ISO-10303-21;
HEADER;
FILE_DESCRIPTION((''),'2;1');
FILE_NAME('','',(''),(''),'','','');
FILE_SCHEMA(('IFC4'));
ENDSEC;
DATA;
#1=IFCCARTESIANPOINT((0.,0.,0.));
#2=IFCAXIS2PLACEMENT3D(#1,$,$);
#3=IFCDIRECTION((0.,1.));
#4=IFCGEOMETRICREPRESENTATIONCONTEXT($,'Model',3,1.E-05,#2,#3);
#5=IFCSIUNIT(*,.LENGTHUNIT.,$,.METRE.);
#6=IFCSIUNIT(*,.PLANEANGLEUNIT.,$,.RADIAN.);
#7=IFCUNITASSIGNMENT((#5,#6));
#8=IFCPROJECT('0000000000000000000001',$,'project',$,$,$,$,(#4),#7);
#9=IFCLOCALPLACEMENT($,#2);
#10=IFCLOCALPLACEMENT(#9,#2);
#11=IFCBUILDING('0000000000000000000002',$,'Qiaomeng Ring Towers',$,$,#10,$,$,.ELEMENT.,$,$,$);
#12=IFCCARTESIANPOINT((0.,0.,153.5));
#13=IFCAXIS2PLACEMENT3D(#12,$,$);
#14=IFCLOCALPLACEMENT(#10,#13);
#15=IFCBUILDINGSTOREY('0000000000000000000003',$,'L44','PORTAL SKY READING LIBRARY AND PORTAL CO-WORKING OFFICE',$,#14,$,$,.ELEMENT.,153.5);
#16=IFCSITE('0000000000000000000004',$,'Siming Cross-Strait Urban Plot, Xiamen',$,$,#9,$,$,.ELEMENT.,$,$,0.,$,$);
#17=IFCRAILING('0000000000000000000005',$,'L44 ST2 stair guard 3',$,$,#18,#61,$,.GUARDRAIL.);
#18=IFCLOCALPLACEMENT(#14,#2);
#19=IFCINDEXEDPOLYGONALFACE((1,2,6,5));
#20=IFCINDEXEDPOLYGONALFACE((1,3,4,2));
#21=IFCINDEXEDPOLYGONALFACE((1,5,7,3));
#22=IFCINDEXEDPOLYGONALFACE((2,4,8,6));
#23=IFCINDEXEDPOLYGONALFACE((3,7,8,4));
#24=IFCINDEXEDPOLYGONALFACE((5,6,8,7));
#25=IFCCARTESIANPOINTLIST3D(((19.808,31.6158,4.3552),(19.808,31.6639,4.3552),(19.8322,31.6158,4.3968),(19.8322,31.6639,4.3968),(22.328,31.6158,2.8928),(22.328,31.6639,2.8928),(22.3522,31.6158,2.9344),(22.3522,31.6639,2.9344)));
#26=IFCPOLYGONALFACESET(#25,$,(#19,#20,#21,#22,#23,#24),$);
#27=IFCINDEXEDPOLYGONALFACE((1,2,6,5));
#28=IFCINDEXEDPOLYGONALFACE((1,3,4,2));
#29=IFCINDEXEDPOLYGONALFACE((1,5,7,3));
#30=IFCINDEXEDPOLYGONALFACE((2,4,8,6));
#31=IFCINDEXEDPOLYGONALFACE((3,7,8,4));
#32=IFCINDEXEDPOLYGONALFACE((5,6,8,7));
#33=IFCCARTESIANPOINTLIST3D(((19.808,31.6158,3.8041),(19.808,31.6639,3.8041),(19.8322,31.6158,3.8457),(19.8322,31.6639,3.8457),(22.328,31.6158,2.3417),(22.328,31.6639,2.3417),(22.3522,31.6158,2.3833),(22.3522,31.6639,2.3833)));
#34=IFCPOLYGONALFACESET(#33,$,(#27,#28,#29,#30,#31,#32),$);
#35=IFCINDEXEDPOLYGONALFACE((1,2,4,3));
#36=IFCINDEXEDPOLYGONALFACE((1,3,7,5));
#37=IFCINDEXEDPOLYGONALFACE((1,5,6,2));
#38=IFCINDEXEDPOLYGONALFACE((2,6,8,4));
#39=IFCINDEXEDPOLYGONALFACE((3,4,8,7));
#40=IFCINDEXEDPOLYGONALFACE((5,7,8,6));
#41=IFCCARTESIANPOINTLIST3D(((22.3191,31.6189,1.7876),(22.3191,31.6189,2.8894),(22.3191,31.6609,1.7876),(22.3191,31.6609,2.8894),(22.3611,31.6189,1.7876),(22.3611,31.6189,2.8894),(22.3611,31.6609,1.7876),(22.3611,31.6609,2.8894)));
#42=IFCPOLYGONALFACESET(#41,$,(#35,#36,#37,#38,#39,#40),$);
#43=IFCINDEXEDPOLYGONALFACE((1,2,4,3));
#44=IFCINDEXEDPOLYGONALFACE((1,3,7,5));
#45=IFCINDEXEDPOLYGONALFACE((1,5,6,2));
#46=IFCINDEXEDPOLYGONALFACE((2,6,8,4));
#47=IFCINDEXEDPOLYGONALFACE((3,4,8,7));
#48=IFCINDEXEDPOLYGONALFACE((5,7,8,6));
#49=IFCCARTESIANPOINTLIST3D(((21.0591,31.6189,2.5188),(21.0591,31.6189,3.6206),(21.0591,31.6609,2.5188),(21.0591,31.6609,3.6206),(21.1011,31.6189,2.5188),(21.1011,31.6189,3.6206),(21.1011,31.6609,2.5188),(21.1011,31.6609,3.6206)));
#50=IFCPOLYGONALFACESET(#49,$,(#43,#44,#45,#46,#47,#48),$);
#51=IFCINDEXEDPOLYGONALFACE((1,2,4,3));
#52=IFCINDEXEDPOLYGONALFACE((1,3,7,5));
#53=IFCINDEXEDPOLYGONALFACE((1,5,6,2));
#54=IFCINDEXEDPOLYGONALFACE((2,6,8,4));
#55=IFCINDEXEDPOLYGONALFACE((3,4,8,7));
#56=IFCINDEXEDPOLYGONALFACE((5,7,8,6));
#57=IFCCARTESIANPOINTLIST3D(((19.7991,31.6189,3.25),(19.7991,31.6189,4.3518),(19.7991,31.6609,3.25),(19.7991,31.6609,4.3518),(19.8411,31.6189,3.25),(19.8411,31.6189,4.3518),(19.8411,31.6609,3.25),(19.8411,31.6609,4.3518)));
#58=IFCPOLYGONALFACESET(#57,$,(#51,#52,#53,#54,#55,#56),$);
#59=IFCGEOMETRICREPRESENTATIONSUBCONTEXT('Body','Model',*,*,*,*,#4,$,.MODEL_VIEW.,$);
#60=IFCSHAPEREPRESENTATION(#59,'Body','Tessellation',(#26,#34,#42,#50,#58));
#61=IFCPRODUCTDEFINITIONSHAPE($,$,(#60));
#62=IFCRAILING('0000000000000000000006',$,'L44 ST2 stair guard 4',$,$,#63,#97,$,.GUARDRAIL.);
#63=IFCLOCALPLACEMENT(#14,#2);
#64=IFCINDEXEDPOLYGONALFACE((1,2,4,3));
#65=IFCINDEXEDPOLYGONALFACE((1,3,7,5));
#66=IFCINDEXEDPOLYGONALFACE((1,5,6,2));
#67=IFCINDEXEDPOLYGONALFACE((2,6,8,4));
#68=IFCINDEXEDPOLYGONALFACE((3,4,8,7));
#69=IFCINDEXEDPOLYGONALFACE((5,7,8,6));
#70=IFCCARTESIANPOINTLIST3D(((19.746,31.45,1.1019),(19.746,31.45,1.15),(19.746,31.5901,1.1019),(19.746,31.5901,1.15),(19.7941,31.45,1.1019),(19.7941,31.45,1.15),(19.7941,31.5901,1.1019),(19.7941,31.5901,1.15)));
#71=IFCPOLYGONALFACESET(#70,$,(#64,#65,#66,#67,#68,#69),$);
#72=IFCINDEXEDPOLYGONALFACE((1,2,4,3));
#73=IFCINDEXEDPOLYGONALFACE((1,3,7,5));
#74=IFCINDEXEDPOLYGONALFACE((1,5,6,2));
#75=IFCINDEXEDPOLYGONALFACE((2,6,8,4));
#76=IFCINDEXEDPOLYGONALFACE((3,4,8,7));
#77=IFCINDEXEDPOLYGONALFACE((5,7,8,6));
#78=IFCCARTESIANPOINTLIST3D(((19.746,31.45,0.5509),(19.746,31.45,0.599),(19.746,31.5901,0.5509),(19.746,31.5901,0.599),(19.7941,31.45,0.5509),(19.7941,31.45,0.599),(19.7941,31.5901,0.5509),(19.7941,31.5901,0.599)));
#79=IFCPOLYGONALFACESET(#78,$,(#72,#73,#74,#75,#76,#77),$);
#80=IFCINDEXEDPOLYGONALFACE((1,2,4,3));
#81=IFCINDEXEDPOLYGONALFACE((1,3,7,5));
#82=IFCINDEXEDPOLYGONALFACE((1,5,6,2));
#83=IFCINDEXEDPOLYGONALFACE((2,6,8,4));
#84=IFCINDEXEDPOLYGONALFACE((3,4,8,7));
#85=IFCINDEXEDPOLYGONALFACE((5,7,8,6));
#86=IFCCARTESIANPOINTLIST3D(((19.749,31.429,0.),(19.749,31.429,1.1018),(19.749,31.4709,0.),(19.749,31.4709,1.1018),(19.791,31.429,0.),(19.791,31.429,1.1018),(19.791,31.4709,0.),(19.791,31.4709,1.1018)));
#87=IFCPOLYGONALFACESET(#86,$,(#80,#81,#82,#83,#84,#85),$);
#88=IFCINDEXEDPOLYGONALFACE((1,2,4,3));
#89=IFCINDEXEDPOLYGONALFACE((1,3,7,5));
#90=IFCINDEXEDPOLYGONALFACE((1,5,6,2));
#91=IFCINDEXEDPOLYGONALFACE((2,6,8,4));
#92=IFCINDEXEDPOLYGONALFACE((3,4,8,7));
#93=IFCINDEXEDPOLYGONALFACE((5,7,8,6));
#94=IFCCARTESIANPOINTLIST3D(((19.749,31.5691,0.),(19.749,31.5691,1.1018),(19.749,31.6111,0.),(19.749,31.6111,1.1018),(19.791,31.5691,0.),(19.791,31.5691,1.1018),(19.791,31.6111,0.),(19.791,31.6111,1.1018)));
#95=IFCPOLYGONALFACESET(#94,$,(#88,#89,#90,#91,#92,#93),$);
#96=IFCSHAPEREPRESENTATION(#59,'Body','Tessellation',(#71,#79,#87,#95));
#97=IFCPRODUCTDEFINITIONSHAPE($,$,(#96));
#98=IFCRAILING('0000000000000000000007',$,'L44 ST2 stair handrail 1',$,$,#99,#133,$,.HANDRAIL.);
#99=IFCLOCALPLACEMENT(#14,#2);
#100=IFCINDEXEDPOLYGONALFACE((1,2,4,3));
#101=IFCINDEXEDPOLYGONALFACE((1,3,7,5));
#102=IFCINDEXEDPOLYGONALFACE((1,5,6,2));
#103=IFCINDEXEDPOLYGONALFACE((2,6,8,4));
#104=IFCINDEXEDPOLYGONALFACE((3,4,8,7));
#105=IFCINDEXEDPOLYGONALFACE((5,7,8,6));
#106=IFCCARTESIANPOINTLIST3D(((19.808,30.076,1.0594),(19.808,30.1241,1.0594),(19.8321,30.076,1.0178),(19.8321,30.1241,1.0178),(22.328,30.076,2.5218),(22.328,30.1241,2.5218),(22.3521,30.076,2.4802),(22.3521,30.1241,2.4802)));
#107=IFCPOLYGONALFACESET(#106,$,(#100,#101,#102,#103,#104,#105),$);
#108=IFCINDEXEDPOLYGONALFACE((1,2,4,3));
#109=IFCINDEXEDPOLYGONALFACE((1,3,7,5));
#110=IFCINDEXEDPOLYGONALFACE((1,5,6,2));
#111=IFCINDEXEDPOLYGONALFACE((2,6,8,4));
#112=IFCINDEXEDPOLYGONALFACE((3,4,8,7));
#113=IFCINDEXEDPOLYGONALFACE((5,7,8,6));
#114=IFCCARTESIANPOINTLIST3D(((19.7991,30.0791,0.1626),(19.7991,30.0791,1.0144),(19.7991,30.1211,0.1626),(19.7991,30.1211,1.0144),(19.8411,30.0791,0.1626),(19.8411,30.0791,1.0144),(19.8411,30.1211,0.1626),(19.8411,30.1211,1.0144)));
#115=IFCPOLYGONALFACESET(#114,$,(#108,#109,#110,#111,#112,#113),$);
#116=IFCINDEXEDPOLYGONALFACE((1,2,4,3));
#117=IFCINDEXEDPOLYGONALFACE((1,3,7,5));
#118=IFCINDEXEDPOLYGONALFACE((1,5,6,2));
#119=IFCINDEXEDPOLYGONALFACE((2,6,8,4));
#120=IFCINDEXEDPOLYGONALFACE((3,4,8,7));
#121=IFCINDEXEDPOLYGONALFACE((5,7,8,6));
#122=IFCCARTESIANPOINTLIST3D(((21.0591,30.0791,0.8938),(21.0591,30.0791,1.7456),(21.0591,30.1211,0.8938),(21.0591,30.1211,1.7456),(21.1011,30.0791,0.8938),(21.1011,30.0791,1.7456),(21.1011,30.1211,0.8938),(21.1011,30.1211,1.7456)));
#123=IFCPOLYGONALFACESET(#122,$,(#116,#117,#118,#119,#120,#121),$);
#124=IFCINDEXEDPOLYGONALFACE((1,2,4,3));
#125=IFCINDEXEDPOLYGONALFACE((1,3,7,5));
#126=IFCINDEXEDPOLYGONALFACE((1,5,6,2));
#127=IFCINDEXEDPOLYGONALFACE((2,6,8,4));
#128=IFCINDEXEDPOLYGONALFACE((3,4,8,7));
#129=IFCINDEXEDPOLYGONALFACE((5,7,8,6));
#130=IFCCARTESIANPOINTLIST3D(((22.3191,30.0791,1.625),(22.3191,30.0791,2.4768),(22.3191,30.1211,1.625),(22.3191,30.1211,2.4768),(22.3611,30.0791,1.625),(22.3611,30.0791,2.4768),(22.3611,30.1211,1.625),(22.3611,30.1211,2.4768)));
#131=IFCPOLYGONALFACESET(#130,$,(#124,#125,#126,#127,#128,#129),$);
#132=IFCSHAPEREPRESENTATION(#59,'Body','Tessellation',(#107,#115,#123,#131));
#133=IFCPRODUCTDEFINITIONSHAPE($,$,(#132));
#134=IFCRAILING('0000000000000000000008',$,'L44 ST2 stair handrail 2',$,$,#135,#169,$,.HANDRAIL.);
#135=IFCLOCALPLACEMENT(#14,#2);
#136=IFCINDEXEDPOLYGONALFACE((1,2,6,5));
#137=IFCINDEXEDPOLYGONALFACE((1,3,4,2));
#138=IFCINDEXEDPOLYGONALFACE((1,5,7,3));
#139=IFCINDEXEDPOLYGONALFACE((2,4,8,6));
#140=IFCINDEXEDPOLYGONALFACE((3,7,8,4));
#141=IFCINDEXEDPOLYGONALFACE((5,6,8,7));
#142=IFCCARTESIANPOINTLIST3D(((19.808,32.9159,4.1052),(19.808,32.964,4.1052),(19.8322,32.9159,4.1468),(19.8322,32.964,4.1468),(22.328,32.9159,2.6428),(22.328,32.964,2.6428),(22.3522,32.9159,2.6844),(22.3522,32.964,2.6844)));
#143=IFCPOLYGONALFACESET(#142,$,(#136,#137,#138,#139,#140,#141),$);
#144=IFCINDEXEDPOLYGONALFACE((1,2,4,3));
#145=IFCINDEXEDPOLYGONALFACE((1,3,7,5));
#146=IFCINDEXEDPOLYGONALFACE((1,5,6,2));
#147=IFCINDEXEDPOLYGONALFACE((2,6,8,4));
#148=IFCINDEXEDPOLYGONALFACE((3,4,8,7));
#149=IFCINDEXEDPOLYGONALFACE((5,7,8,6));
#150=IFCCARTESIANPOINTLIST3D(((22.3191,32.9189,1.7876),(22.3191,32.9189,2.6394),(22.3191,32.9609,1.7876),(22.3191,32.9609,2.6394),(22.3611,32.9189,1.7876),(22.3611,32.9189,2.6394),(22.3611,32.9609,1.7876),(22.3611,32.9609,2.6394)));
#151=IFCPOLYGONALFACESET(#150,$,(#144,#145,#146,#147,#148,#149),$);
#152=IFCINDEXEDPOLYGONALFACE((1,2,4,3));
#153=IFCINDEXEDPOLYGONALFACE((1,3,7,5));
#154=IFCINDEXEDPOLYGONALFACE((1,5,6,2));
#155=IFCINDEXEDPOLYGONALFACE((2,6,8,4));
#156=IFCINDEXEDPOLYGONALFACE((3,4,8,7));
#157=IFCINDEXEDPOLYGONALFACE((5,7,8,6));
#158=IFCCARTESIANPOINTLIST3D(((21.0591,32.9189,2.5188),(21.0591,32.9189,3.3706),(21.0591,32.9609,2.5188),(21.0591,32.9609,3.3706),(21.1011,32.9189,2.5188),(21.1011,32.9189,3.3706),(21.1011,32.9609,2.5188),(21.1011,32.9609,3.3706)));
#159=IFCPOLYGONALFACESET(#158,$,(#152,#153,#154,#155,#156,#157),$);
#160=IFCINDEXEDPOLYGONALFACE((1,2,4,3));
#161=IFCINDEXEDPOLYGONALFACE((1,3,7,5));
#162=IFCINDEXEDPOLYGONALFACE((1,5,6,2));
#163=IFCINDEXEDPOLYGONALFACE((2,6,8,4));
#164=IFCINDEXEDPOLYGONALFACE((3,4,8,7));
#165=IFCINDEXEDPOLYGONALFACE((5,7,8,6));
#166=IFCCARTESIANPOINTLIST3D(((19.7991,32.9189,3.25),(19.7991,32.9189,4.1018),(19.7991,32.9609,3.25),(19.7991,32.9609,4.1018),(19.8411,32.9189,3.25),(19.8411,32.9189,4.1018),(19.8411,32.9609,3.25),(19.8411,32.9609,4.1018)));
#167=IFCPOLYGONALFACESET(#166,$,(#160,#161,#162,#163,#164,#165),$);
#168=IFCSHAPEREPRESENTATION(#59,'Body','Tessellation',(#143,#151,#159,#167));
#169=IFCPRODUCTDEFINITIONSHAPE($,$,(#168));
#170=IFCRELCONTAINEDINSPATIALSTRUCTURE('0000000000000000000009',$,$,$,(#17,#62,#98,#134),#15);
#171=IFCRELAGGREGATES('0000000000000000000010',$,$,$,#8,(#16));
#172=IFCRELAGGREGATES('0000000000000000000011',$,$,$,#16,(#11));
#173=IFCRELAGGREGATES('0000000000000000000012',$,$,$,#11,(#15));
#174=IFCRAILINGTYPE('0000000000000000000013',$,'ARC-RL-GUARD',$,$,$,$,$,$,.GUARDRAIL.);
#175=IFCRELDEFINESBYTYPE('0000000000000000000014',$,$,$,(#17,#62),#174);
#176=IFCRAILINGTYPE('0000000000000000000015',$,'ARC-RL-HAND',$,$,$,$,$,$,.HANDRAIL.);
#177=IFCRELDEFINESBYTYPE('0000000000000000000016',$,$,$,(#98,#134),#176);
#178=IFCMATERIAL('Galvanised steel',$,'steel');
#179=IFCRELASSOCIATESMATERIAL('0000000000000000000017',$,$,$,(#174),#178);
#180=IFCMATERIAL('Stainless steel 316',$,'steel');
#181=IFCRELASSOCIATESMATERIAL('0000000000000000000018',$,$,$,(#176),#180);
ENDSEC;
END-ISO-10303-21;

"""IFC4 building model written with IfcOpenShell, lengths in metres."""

from ifc_helpers import new_model, si_unit, direction, frame, origin, origin_2d, place, context, subcontext, project, spatial, rectangle, extrude, material, type_object, element, save


model = new_model("IFC4")

# Units and contexts
model_context = context("Model", 3, precision=1e-05, world=origin(), true_north=direction((0.0, 1.0)))
body_context = subcontext(model_context, "Body", "Model", "MODEL_VIEW")
ifc_project = project(units=[si_unit("LENGTHUNIT", "METRE"), si_unit("PLANEANGLEUNIT", "RADIAN")], contexts=[model_context])

# Site, building, storey
site_placement = place(None, origin())
site = spatial("IfcSite", under=ifc_project, at=site_placement, Name="Siming Cross-Strait Urban Plot, Xiamen", CompositionType="ELEMENT", RefElevation=0.0)
building_placement = place(site_placement, origin())
building = spatial("IfcBuilding", under=site, at=building_placement, Name="Qiaomeng Ring Towers", CompositionType="ELEMENT")
storey_placement = place(building_placement, frame((0.0, 0.0, 153.5)))
storey = spatial("IfcBuildingStorey", under=building, at=storey_placement, Name="L44", Description="PORTAL SKY READING LIBRARY AND PORTAL CO-WORKING OFFICE", CompositionType="ELEMENT", Elevation=153.5)

# Railings
ifc_material_1 = material(Name="Galvanised steel", Category="steel")
railing_type_1 = type_object("IfcRailingType", Name="ARC-RL-GUARD", PredefinedType="GUARDRAIL", material=ifc_material_1)
railing_1_placement = place(storey_placement, frame((22.3401, 31.6399, 1.7876)))
element("IfcRailing", 1, at=railing_1_placement, inside=storey, type_object=railing_type_1, Name="L44 ST2 stair guard 3", PredefinedType="GUARDRAIL", context=body_context, shape_type="SweptSolid", body=[
    extrude(rectangle(XDim=0.0481, YDim=0.0481, at=origin_2d()), frame((0.0, 0.0, 1.126), z_axis=(-0.864913, 0.0, 0.501921), x_axis=(0.0, -1.0, 0.0)), (0.0, 0.0, 1.0), 2.9136),
    extrude(rectangle(XDim=0.0481, YDim=0.0481, at=origin_2d()), frame((0.0, 0.0, 0.575), z_axis=(-0.864913, 0.0, 0.501921), x_axis=(0.0, -1.0, 0.0)), (0.0, 0.0, 1.0), 2.9136),
    extrude(rectangle(XDim=0.042, YDim=0.042, at=origin_2d()), origin(), (0.0, 0.0, 1.0), 1.1018),
    extrude(rectangle(XDim=0.042, YDim=0.042, at=origin_2d()), frame((-1.26, 0.0, 0.7312)), (0.0, 0.0, 1.0), 1.1018),
    extrude(rectangle(XDim=0.042, YDim=0.042, at=origin_2d()), frame((-2.52, 0.0, 1.4624)), (0.0, 0.0, 1.0), 1.1018),
])
railing_2_placement = place(storey_placement, frame((19.77, 31.45, 0.0)))
element("IfcRailing", 2, at=railing_2_placement, inside=storey, type_object=railing_type_1, Name="L44 ST2 stair guard 4", PredefinedType="GUARDRAIL", context=body_context, shape_type="SweptSolid", body=[
    extrude(rectangle(XDim=0.0481, YDim=0.0481, at=origin_2d()), frame((0.0, 0.0, 1.126), z_axis=(0.0, 1.0, 0.0), x_axis=(-1.0, 0.0, 0.0)), (0.0, 0.0, 1.0), 0.1401),
    extrude(rectangle(XDim=0.0481, YDim=0.0481, at=origin_2d()), frame((0.0, 0.0, 0.575), z_axis=(0.0, 1.0, 0.0), x_axis=(-1.0, 0.0, 0.0)), (0.0, 0.0, 1.0), 0.1401),
    extrude(rectangle(XDim=0.042, YDim=0.042, at=origin_2d()), origin(), (0.0, 0.0, 1.0), 1.1018),
    extrude(rectangle(XDim=0.042, YDim=0.042, at=origin_2d()), frame((0.0, 0.1401, 0.0)), (0.0, 0.0, 1.0), 1.1018),
])
ifc_material_2 = material(Name="Stainless steel 316", Category="steel")
railing_type_2 = type_object("IfcRailingType", Name="ARC-RL-HAND", PredefinedType="HANDRAIL", material=ifc_material_2)
railing_3_placement = place(storey_placement, frame((19.8201, 30.1001, 0.1626)))
element("IfcRailing", 3, at=railing_3_placement, inside=storey, type_object=railing_type_2, Name="L44 ST2 stair handrail 1", PredefinedType="HANDRAIL", context=body_context, shape_type="SweptSolid", body=[
    extrude(rectangle(XDim=0.0481, YDim=0.0481, at=origin_2d()), frame((0.0, 0.0, 0.876), z_axis=(0.864913, 0.0, 0.501921), x_axis=(0.0, 1.0, 0.0)), (0.0, 0.0, 1.0), 2.9136),
    extrude(rectangle(XDim=0.042, YDim=0.042, at=origin_2d()), origin(), (0.0, 0.0, 1.0), 0.8518),
    extrude(rectangle(XDim=0.042, YDim=0.042, at=origin_2d()), frame((1.26, 0.0, 0.7312)), (0.0, 0.0, 1.0), 0.8518),
    extrude(rectangle(XDim=0.042, YDim=0.042, at=origin_2d()), frame((2.52, 0.0, 1.4624)), (0.0, 0.0, 1.0), 0.8518),
])
railing_4_placement = place(storey_placement, frame((22.3401, 32.9399, 1.7876)))
element("IfcRailing", 4, at=railing_4_placement, inside=storey, type_object=railing_type_2, Name="L44 ST2 stair handrail 2", PredefinedType="HANDRAIL", context=body_context, shape_type="SweptSolid", body=[
    extrude(rectangle(XDim=0.0481, YDim=0.0481, at=origin_2d()), frame((0.0, 0.0, 0.876), z_axis=(-0.864913, 0.0, 0.501921), x_axis=(0.0, -1.0, 0.0)), (0.0, 0.0, 1.0), 2.9136),
    extrude(rectangle(XDim=0.042, YDim=0.042, at=origin_2d()), origin(), (0.0, 0.0, 1.0), 0.8518),
    extrude(rectangle(XDim=0.042, YDim=0.042, at=origin_2d()), frame((-1.26, 0.0, 0.7312)), (0.0, 0.0, 1.0), 0.8518),
    extrude(rectangle(XDim=0.042, YDim=0.042, at=origin_2d()), frame((-2.52, 0.0, 1.4624)), (0.0, 0.0, 1.0), 0.8518),
])

save(model, "model.ifc")
